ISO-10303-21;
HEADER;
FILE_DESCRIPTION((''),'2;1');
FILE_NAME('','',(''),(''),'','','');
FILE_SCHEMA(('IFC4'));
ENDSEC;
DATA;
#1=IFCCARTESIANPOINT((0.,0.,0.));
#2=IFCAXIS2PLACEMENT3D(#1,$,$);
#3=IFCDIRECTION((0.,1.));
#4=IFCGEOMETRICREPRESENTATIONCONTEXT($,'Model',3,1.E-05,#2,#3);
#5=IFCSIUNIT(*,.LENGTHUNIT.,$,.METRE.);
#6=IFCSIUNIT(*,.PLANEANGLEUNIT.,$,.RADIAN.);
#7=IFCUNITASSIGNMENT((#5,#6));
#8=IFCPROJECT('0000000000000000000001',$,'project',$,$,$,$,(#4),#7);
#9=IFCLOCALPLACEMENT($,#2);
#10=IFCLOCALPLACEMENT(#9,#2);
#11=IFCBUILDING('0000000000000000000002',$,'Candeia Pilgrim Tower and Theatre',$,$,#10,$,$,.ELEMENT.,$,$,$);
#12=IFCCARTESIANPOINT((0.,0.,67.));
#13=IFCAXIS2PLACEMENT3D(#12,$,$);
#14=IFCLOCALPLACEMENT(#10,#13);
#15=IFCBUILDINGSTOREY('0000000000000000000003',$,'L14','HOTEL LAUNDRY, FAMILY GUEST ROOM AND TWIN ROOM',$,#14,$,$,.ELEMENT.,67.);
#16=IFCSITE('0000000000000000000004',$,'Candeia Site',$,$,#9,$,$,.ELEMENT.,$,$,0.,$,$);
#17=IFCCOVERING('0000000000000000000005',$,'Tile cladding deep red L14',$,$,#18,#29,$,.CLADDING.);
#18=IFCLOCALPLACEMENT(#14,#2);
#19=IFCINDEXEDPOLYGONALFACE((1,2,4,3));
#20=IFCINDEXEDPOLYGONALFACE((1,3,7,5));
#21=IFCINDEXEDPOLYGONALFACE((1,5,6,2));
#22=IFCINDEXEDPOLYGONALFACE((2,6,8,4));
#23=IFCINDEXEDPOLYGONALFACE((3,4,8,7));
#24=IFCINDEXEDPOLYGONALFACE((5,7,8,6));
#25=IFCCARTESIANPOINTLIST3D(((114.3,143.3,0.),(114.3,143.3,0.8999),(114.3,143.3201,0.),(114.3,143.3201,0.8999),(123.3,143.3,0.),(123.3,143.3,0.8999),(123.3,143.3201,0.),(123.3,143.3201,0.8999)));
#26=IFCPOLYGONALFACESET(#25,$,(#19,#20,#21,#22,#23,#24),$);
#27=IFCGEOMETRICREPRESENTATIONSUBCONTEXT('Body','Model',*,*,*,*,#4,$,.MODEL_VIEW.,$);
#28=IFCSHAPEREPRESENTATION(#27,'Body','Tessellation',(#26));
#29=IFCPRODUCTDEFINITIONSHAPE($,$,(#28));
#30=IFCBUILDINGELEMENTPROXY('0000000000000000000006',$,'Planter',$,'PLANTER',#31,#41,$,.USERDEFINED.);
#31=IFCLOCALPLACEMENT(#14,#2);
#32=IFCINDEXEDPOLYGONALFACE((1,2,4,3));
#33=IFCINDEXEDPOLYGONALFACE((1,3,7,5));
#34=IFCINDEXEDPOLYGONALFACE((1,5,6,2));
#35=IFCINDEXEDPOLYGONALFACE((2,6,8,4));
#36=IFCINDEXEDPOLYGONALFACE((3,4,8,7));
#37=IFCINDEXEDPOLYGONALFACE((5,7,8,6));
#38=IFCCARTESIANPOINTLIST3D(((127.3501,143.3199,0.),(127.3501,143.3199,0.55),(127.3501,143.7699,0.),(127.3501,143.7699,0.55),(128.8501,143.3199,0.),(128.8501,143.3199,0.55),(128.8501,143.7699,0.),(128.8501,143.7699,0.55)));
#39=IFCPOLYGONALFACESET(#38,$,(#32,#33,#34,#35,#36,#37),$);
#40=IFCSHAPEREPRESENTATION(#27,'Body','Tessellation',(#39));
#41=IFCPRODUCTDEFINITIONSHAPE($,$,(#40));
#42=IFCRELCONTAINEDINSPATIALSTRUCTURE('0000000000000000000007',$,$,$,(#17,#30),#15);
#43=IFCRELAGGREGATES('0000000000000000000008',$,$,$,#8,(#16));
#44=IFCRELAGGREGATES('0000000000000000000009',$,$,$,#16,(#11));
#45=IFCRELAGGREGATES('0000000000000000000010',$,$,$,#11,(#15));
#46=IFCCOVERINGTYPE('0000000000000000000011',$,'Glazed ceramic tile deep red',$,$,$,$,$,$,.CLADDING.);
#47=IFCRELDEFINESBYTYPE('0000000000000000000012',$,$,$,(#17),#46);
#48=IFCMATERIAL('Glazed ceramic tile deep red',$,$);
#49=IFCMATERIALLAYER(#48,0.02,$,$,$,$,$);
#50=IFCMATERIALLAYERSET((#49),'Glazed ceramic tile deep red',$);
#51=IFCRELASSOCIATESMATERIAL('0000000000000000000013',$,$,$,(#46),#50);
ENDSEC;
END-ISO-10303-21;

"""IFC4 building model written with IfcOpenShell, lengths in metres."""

from ifc_helpers import new_model, si_unit, direction, frame, origin, origin_2d, place, context, subcontext, project, spatial, rectangle, extrude, material, layer, layer_set, type_object, element, save


model = new_model("IFC4")

# Units and contexts
model_context = context("Model", 3, precision=1e-05, world=origin(), true_north=direction((0.0, 1.0)))
body_context = subcontext(model_context, "Body", "Model", "MODEL_VIEW")
ifc_project = project(units=[si_unit("LENGTHUNIT", "METRE"), si_unit("PLANEANGLEUNIT", "RADIAN")], contexts=[model_context])

# Site, building, storey
site_placement = place(None, origin())
site = spatial("IfcSite", under=ifc_project, at=site_placement, Name="Candeia Site", CompositionType="ELEMENT", RefElevation=0.0)
building_placement = place(site_placement, origin())
building = spatial("IfcBuilding", under=site, at=building_placement, Name="Candeia Pilgrim Tower and Theatre", CompositionType="ELEMENT")
storey_placement = place(building_placement, frame((0.0, 0.0, 67.0)))
storey = spatial("IfcBuildingStorey", under=building, at=storey_placement, Name="L14", Description="HOTEL LAUNDRY, FAMILY GUEST ROOM AND TWIN ROOM", CompositionType="ELEMENT", Elevation=67.0)

# Covering
ifc_material_1 = material(Name="Glazed ceramic tile deep red")
ifc_layer_1 = layer(ifc_material_1, 0.02)
ifc_layer_set_1 = layer_set([ifc_layer_1], Name="Glazed ceramic tile deep red")
covering_type = type_object("IfcCoveringType", Name="Glazed ceramic tile deep red", PredefinedType="CLADDING", material=ifc_layer_set_1)
covering_1_placement = place(storey_placement, frame((118.8, 143.3101, 0.0), z_axis=(0.0, 0.0, 1.0), x_axis=(-1.0, 0.0, 0.0)))
element("IfcCovering", 1, at=covering_1_placement, inside=storey, type_object=covering_type, Name="Tile cladding deep red L14", PredefinedType="CLADDING", context=body_context, shape_type="SweptSolid", body=[
    extrude(rectangle(XDim=9.0, YDim=0.02, at=origin_2d()), origin(), (0.0, 0.0, 1.0), 0.8999),
])

# Building element proxy
proxy_placement = place(storey_placement, frame((128.1001, 143.5449, 0.0), z_axis=(0.0, 0.0, 1.0), x_axis=(-1.0, 0.0, 0.0)))
element("IfcBuildingElementProxy", 2, at=proxy_placement, inside=storey, Name="Planter", ObjectType="PLANTER", PredefinedType="USERDEFINED", context=body_context, shape_type="SweptSolid", body=[
    extrude(rectangle(XDim=1.5, YDim=0.45, at=origin_2d()), origin(), (0.0, 0.0, 1.0), 0.55),
])

save(model, "model.ifc")
